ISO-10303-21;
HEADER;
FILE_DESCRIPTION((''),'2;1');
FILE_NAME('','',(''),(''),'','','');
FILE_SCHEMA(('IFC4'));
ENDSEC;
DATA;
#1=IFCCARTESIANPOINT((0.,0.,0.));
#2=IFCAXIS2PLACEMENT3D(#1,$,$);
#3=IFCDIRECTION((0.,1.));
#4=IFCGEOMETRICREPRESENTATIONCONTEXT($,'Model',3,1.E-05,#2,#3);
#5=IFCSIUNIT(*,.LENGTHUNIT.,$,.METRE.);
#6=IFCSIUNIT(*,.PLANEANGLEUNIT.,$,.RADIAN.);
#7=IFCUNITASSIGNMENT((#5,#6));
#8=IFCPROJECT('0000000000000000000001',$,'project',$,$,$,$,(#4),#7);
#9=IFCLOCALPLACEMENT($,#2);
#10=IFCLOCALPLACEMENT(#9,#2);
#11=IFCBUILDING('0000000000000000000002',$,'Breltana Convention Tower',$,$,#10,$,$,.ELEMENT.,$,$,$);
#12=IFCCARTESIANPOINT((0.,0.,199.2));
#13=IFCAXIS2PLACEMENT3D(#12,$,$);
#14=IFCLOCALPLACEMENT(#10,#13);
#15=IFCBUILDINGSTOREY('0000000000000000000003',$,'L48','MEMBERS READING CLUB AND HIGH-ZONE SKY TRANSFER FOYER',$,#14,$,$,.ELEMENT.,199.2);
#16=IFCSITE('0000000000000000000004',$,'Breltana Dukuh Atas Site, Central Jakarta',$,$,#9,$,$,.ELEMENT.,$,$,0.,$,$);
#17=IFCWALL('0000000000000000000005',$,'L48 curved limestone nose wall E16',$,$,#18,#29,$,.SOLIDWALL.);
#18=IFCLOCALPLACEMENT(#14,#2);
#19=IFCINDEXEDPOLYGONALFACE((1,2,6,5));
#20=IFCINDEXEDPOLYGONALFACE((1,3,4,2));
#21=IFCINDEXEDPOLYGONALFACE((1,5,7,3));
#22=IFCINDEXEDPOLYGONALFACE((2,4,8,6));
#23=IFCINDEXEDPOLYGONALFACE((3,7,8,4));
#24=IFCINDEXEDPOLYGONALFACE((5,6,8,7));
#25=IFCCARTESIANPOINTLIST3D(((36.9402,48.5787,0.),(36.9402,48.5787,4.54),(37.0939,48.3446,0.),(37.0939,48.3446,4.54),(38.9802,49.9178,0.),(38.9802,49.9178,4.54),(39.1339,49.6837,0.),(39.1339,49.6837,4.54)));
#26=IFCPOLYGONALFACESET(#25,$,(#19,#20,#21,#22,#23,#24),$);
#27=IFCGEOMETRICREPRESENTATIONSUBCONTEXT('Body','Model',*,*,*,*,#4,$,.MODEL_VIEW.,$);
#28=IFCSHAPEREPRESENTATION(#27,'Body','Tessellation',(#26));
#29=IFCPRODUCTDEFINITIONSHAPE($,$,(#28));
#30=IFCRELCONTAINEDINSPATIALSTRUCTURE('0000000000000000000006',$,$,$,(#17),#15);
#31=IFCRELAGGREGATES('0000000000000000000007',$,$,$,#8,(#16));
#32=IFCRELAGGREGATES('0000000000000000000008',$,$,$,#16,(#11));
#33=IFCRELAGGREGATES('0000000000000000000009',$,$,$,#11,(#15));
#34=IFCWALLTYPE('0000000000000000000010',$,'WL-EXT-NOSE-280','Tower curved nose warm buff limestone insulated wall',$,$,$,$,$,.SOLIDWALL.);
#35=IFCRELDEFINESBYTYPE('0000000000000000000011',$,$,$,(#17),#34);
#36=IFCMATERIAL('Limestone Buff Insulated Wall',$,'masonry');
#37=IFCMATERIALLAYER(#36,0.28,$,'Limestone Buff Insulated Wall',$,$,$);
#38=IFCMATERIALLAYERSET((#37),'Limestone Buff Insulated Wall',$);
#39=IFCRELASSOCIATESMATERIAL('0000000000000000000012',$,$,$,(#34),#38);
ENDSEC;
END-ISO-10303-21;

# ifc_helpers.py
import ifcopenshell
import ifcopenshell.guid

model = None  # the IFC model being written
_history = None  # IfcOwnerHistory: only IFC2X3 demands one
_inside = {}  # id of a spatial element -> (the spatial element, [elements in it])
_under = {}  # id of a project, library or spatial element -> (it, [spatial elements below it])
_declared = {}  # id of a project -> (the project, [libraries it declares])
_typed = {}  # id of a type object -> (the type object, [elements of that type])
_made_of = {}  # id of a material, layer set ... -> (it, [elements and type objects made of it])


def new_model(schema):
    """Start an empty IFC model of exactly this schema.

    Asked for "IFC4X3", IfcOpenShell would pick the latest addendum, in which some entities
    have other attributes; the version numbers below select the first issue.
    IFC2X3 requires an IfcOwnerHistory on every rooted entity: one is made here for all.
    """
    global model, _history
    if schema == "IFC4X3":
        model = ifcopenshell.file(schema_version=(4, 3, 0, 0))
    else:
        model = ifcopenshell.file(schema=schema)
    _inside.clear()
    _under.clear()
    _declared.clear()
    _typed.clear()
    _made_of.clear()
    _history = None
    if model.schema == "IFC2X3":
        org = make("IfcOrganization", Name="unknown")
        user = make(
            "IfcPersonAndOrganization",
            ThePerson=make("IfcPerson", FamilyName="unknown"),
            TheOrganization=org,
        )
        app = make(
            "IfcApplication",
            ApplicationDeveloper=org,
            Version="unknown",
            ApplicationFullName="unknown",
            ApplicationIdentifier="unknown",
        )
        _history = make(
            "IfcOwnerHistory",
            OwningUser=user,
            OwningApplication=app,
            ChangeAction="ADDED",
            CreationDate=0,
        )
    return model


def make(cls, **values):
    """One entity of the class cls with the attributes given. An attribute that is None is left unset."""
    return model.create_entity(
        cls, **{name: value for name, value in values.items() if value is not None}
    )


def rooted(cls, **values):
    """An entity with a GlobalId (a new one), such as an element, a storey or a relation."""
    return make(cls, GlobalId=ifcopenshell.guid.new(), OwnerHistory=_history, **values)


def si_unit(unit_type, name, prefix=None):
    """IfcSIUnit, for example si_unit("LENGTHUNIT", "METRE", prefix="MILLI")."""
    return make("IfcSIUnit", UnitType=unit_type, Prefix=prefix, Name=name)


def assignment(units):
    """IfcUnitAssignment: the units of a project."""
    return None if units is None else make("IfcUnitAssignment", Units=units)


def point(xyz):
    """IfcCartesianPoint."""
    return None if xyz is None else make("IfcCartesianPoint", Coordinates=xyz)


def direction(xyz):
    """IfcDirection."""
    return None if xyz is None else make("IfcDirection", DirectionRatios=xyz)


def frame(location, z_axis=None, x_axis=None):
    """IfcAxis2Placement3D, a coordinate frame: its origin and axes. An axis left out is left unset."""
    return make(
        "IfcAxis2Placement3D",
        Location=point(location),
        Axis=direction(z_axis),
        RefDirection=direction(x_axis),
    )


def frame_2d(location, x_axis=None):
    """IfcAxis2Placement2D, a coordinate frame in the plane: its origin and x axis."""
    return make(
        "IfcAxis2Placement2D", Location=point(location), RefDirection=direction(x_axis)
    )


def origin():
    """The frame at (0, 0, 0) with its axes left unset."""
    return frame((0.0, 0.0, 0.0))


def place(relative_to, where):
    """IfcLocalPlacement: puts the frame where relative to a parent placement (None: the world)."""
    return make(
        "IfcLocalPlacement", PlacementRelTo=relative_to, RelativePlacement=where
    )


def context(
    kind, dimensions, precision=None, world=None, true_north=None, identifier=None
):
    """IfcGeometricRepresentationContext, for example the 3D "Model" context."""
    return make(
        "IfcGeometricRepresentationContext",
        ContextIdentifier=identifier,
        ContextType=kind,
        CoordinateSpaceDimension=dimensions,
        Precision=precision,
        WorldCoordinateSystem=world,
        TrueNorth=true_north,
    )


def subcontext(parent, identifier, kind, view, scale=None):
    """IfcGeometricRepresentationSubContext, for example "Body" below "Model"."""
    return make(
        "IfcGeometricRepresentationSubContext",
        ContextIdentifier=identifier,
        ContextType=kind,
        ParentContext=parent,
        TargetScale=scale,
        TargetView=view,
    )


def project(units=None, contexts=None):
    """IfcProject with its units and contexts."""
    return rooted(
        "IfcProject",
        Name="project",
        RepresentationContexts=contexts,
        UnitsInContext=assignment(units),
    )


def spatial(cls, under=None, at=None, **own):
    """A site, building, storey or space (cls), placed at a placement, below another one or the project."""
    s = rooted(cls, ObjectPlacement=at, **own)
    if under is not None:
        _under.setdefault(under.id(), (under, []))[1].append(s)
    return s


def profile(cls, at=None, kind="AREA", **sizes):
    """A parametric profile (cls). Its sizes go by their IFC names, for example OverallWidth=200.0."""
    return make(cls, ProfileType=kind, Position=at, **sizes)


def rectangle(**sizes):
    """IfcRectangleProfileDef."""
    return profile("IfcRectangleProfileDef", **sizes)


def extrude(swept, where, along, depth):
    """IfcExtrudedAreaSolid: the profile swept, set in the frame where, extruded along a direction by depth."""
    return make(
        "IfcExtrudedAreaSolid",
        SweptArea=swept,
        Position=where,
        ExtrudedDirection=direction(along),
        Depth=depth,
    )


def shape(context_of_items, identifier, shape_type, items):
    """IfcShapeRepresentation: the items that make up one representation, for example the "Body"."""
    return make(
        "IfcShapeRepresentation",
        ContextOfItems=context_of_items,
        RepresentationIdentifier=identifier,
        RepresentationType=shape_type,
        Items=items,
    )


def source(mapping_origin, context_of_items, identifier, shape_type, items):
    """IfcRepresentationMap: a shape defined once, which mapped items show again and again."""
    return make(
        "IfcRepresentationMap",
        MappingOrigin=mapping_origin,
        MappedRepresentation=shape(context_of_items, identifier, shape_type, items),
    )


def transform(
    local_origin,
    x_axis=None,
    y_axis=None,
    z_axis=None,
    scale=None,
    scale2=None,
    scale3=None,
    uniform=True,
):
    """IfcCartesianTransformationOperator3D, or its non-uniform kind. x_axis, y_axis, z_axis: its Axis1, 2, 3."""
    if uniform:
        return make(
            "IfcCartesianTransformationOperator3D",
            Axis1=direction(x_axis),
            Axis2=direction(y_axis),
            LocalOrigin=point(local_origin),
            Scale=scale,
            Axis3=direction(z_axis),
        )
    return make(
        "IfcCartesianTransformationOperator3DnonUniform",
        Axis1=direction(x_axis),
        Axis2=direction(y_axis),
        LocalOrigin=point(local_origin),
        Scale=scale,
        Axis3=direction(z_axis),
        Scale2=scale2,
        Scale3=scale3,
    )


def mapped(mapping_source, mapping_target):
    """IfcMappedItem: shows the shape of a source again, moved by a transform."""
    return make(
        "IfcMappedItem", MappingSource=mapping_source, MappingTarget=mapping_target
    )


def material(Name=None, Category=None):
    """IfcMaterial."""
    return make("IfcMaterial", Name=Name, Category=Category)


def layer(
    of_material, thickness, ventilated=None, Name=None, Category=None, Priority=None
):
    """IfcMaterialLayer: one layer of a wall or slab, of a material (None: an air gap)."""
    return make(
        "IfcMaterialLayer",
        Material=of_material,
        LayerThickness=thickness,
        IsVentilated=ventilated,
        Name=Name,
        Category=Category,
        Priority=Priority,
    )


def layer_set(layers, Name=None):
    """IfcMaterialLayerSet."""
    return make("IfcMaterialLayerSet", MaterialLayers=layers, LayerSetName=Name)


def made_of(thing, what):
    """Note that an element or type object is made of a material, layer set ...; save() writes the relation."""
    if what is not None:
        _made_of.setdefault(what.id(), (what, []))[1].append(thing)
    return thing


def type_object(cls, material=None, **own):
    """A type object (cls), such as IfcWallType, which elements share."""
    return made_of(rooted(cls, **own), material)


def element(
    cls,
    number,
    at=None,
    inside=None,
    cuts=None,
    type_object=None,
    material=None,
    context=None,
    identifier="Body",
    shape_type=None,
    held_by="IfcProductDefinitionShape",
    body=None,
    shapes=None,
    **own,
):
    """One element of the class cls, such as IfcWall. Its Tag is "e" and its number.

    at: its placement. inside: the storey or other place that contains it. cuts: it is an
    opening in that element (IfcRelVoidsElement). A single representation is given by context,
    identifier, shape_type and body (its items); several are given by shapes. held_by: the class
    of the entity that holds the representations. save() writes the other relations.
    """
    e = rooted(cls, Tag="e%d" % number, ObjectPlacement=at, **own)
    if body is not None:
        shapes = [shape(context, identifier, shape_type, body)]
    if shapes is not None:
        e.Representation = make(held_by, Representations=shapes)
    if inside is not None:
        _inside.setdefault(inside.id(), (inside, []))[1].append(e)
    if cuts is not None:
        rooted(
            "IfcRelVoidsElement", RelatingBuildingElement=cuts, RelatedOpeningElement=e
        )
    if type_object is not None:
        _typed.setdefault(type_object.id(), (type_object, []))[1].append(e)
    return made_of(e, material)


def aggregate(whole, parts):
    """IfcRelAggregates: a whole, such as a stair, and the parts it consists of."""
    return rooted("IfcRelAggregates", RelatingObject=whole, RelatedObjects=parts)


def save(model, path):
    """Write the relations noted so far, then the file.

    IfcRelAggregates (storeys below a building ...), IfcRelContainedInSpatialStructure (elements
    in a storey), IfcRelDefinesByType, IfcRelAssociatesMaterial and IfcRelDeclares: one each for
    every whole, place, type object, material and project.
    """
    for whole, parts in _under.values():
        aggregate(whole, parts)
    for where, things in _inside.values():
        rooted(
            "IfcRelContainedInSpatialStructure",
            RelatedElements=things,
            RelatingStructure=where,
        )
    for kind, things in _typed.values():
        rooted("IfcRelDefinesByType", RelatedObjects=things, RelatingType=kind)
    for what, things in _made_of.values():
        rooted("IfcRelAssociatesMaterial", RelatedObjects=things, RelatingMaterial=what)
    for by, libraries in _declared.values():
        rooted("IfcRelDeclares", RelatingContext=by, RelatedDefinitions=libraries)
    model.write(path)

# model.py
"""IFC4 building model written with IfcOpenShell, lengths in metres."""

from ifc_helpers import new_model, si_unit, direction, frame, frame_2d, origin, place, context, subcontext, project, spatial, rectangle, extrude, source, transform, mapped, material, layer, layer_set, type_object, element, save


model = new_model("IFC4")

# Units and contexts
model_context = context("Model", 3, precision=1e-05, world=origin(), true_north=direction((0.0, 1.0)))
body_context = subcontext(model_context, "Body", "Model", "MODEL_VIEW")
ifc_project = project(units=[si_unit("LENGTHUNIT", "METRE"), si_unit("PLANEANGLEUNIT", "RADIAN")], contexts=[model_context])

# Site, building, storey
site_placement = place(None, origin())
site = spatial("IfcSite", under=ifc_project, at=site_placement, Name="Breltana Dukuh Atas Site, Central Jakarta", CompositionType="ELEMENT", RefElevation=0.0)
building_placement = place(site_placement, origin())
building = spatial("IfcBuilding", under=site, at=building_placement, Name="Breltana Convention Tower", CompositionType="ELEMENT")
storey_placement = place(building_placement, frame((0.0, 0.0, 199.2)))
storey = spatial("IfcBuildingStorey", under=building, at=storey_placement, Name="L48", Description="MEMBERS READING CLUB AND HIGH-ZONE SKY TRANSFER FOYER", CompositionType="ELEMENT", Elevation=199.2)

# Wall
ifc_material_1 = material(Name="Limestone Buff Insulated Wall", Category="masonry")
ifc_layer_1 = layer(ifc_material_1, 0.28, Name="Limestone Buff Insulated Wall")
ifc_layer_set_1 = layer_set([ifc_layer_1], Name="Limestone Buff Insulated Wall")
wall_type = type_object("IfcWallType", Name="WL-EXT-NOSE-280", Description="Tower curved nose warm buff limestone insulated wall", PredefinedType="SOLIDWALL", material=ifc_layer_set_1)
shared_shape_1 = source(origin(), body_context, "Body", "SweptSolid", [
    extrude(rectangle(XDim=2.4402, YDim=0.28, at=frame_2d((1.2202, 0.0))), origin(), (0.0, 0.0, 1.0), 4.54),
])
wall_1_placement = place(storey_placement, frame((39.0571, 49.8008, 0.0), z_axis=(0.0, 0.0, 1.0), x_axis=(-0.835985, -0.548753, 0.0)))
element("IfcWall", 1, at=wall_1_placement, inside=storey, type_object=wall_type, Name="L48 curved limestone nose wall E16", PredefinedType="SOLIDWALL", context=body_context, shape_type="MappedRepresentation", body=[
    mapped(shared_shape_1, transform((0.0, 0.0, 0.0), scale=1.0)),
])

save(model, "model.ifc")
